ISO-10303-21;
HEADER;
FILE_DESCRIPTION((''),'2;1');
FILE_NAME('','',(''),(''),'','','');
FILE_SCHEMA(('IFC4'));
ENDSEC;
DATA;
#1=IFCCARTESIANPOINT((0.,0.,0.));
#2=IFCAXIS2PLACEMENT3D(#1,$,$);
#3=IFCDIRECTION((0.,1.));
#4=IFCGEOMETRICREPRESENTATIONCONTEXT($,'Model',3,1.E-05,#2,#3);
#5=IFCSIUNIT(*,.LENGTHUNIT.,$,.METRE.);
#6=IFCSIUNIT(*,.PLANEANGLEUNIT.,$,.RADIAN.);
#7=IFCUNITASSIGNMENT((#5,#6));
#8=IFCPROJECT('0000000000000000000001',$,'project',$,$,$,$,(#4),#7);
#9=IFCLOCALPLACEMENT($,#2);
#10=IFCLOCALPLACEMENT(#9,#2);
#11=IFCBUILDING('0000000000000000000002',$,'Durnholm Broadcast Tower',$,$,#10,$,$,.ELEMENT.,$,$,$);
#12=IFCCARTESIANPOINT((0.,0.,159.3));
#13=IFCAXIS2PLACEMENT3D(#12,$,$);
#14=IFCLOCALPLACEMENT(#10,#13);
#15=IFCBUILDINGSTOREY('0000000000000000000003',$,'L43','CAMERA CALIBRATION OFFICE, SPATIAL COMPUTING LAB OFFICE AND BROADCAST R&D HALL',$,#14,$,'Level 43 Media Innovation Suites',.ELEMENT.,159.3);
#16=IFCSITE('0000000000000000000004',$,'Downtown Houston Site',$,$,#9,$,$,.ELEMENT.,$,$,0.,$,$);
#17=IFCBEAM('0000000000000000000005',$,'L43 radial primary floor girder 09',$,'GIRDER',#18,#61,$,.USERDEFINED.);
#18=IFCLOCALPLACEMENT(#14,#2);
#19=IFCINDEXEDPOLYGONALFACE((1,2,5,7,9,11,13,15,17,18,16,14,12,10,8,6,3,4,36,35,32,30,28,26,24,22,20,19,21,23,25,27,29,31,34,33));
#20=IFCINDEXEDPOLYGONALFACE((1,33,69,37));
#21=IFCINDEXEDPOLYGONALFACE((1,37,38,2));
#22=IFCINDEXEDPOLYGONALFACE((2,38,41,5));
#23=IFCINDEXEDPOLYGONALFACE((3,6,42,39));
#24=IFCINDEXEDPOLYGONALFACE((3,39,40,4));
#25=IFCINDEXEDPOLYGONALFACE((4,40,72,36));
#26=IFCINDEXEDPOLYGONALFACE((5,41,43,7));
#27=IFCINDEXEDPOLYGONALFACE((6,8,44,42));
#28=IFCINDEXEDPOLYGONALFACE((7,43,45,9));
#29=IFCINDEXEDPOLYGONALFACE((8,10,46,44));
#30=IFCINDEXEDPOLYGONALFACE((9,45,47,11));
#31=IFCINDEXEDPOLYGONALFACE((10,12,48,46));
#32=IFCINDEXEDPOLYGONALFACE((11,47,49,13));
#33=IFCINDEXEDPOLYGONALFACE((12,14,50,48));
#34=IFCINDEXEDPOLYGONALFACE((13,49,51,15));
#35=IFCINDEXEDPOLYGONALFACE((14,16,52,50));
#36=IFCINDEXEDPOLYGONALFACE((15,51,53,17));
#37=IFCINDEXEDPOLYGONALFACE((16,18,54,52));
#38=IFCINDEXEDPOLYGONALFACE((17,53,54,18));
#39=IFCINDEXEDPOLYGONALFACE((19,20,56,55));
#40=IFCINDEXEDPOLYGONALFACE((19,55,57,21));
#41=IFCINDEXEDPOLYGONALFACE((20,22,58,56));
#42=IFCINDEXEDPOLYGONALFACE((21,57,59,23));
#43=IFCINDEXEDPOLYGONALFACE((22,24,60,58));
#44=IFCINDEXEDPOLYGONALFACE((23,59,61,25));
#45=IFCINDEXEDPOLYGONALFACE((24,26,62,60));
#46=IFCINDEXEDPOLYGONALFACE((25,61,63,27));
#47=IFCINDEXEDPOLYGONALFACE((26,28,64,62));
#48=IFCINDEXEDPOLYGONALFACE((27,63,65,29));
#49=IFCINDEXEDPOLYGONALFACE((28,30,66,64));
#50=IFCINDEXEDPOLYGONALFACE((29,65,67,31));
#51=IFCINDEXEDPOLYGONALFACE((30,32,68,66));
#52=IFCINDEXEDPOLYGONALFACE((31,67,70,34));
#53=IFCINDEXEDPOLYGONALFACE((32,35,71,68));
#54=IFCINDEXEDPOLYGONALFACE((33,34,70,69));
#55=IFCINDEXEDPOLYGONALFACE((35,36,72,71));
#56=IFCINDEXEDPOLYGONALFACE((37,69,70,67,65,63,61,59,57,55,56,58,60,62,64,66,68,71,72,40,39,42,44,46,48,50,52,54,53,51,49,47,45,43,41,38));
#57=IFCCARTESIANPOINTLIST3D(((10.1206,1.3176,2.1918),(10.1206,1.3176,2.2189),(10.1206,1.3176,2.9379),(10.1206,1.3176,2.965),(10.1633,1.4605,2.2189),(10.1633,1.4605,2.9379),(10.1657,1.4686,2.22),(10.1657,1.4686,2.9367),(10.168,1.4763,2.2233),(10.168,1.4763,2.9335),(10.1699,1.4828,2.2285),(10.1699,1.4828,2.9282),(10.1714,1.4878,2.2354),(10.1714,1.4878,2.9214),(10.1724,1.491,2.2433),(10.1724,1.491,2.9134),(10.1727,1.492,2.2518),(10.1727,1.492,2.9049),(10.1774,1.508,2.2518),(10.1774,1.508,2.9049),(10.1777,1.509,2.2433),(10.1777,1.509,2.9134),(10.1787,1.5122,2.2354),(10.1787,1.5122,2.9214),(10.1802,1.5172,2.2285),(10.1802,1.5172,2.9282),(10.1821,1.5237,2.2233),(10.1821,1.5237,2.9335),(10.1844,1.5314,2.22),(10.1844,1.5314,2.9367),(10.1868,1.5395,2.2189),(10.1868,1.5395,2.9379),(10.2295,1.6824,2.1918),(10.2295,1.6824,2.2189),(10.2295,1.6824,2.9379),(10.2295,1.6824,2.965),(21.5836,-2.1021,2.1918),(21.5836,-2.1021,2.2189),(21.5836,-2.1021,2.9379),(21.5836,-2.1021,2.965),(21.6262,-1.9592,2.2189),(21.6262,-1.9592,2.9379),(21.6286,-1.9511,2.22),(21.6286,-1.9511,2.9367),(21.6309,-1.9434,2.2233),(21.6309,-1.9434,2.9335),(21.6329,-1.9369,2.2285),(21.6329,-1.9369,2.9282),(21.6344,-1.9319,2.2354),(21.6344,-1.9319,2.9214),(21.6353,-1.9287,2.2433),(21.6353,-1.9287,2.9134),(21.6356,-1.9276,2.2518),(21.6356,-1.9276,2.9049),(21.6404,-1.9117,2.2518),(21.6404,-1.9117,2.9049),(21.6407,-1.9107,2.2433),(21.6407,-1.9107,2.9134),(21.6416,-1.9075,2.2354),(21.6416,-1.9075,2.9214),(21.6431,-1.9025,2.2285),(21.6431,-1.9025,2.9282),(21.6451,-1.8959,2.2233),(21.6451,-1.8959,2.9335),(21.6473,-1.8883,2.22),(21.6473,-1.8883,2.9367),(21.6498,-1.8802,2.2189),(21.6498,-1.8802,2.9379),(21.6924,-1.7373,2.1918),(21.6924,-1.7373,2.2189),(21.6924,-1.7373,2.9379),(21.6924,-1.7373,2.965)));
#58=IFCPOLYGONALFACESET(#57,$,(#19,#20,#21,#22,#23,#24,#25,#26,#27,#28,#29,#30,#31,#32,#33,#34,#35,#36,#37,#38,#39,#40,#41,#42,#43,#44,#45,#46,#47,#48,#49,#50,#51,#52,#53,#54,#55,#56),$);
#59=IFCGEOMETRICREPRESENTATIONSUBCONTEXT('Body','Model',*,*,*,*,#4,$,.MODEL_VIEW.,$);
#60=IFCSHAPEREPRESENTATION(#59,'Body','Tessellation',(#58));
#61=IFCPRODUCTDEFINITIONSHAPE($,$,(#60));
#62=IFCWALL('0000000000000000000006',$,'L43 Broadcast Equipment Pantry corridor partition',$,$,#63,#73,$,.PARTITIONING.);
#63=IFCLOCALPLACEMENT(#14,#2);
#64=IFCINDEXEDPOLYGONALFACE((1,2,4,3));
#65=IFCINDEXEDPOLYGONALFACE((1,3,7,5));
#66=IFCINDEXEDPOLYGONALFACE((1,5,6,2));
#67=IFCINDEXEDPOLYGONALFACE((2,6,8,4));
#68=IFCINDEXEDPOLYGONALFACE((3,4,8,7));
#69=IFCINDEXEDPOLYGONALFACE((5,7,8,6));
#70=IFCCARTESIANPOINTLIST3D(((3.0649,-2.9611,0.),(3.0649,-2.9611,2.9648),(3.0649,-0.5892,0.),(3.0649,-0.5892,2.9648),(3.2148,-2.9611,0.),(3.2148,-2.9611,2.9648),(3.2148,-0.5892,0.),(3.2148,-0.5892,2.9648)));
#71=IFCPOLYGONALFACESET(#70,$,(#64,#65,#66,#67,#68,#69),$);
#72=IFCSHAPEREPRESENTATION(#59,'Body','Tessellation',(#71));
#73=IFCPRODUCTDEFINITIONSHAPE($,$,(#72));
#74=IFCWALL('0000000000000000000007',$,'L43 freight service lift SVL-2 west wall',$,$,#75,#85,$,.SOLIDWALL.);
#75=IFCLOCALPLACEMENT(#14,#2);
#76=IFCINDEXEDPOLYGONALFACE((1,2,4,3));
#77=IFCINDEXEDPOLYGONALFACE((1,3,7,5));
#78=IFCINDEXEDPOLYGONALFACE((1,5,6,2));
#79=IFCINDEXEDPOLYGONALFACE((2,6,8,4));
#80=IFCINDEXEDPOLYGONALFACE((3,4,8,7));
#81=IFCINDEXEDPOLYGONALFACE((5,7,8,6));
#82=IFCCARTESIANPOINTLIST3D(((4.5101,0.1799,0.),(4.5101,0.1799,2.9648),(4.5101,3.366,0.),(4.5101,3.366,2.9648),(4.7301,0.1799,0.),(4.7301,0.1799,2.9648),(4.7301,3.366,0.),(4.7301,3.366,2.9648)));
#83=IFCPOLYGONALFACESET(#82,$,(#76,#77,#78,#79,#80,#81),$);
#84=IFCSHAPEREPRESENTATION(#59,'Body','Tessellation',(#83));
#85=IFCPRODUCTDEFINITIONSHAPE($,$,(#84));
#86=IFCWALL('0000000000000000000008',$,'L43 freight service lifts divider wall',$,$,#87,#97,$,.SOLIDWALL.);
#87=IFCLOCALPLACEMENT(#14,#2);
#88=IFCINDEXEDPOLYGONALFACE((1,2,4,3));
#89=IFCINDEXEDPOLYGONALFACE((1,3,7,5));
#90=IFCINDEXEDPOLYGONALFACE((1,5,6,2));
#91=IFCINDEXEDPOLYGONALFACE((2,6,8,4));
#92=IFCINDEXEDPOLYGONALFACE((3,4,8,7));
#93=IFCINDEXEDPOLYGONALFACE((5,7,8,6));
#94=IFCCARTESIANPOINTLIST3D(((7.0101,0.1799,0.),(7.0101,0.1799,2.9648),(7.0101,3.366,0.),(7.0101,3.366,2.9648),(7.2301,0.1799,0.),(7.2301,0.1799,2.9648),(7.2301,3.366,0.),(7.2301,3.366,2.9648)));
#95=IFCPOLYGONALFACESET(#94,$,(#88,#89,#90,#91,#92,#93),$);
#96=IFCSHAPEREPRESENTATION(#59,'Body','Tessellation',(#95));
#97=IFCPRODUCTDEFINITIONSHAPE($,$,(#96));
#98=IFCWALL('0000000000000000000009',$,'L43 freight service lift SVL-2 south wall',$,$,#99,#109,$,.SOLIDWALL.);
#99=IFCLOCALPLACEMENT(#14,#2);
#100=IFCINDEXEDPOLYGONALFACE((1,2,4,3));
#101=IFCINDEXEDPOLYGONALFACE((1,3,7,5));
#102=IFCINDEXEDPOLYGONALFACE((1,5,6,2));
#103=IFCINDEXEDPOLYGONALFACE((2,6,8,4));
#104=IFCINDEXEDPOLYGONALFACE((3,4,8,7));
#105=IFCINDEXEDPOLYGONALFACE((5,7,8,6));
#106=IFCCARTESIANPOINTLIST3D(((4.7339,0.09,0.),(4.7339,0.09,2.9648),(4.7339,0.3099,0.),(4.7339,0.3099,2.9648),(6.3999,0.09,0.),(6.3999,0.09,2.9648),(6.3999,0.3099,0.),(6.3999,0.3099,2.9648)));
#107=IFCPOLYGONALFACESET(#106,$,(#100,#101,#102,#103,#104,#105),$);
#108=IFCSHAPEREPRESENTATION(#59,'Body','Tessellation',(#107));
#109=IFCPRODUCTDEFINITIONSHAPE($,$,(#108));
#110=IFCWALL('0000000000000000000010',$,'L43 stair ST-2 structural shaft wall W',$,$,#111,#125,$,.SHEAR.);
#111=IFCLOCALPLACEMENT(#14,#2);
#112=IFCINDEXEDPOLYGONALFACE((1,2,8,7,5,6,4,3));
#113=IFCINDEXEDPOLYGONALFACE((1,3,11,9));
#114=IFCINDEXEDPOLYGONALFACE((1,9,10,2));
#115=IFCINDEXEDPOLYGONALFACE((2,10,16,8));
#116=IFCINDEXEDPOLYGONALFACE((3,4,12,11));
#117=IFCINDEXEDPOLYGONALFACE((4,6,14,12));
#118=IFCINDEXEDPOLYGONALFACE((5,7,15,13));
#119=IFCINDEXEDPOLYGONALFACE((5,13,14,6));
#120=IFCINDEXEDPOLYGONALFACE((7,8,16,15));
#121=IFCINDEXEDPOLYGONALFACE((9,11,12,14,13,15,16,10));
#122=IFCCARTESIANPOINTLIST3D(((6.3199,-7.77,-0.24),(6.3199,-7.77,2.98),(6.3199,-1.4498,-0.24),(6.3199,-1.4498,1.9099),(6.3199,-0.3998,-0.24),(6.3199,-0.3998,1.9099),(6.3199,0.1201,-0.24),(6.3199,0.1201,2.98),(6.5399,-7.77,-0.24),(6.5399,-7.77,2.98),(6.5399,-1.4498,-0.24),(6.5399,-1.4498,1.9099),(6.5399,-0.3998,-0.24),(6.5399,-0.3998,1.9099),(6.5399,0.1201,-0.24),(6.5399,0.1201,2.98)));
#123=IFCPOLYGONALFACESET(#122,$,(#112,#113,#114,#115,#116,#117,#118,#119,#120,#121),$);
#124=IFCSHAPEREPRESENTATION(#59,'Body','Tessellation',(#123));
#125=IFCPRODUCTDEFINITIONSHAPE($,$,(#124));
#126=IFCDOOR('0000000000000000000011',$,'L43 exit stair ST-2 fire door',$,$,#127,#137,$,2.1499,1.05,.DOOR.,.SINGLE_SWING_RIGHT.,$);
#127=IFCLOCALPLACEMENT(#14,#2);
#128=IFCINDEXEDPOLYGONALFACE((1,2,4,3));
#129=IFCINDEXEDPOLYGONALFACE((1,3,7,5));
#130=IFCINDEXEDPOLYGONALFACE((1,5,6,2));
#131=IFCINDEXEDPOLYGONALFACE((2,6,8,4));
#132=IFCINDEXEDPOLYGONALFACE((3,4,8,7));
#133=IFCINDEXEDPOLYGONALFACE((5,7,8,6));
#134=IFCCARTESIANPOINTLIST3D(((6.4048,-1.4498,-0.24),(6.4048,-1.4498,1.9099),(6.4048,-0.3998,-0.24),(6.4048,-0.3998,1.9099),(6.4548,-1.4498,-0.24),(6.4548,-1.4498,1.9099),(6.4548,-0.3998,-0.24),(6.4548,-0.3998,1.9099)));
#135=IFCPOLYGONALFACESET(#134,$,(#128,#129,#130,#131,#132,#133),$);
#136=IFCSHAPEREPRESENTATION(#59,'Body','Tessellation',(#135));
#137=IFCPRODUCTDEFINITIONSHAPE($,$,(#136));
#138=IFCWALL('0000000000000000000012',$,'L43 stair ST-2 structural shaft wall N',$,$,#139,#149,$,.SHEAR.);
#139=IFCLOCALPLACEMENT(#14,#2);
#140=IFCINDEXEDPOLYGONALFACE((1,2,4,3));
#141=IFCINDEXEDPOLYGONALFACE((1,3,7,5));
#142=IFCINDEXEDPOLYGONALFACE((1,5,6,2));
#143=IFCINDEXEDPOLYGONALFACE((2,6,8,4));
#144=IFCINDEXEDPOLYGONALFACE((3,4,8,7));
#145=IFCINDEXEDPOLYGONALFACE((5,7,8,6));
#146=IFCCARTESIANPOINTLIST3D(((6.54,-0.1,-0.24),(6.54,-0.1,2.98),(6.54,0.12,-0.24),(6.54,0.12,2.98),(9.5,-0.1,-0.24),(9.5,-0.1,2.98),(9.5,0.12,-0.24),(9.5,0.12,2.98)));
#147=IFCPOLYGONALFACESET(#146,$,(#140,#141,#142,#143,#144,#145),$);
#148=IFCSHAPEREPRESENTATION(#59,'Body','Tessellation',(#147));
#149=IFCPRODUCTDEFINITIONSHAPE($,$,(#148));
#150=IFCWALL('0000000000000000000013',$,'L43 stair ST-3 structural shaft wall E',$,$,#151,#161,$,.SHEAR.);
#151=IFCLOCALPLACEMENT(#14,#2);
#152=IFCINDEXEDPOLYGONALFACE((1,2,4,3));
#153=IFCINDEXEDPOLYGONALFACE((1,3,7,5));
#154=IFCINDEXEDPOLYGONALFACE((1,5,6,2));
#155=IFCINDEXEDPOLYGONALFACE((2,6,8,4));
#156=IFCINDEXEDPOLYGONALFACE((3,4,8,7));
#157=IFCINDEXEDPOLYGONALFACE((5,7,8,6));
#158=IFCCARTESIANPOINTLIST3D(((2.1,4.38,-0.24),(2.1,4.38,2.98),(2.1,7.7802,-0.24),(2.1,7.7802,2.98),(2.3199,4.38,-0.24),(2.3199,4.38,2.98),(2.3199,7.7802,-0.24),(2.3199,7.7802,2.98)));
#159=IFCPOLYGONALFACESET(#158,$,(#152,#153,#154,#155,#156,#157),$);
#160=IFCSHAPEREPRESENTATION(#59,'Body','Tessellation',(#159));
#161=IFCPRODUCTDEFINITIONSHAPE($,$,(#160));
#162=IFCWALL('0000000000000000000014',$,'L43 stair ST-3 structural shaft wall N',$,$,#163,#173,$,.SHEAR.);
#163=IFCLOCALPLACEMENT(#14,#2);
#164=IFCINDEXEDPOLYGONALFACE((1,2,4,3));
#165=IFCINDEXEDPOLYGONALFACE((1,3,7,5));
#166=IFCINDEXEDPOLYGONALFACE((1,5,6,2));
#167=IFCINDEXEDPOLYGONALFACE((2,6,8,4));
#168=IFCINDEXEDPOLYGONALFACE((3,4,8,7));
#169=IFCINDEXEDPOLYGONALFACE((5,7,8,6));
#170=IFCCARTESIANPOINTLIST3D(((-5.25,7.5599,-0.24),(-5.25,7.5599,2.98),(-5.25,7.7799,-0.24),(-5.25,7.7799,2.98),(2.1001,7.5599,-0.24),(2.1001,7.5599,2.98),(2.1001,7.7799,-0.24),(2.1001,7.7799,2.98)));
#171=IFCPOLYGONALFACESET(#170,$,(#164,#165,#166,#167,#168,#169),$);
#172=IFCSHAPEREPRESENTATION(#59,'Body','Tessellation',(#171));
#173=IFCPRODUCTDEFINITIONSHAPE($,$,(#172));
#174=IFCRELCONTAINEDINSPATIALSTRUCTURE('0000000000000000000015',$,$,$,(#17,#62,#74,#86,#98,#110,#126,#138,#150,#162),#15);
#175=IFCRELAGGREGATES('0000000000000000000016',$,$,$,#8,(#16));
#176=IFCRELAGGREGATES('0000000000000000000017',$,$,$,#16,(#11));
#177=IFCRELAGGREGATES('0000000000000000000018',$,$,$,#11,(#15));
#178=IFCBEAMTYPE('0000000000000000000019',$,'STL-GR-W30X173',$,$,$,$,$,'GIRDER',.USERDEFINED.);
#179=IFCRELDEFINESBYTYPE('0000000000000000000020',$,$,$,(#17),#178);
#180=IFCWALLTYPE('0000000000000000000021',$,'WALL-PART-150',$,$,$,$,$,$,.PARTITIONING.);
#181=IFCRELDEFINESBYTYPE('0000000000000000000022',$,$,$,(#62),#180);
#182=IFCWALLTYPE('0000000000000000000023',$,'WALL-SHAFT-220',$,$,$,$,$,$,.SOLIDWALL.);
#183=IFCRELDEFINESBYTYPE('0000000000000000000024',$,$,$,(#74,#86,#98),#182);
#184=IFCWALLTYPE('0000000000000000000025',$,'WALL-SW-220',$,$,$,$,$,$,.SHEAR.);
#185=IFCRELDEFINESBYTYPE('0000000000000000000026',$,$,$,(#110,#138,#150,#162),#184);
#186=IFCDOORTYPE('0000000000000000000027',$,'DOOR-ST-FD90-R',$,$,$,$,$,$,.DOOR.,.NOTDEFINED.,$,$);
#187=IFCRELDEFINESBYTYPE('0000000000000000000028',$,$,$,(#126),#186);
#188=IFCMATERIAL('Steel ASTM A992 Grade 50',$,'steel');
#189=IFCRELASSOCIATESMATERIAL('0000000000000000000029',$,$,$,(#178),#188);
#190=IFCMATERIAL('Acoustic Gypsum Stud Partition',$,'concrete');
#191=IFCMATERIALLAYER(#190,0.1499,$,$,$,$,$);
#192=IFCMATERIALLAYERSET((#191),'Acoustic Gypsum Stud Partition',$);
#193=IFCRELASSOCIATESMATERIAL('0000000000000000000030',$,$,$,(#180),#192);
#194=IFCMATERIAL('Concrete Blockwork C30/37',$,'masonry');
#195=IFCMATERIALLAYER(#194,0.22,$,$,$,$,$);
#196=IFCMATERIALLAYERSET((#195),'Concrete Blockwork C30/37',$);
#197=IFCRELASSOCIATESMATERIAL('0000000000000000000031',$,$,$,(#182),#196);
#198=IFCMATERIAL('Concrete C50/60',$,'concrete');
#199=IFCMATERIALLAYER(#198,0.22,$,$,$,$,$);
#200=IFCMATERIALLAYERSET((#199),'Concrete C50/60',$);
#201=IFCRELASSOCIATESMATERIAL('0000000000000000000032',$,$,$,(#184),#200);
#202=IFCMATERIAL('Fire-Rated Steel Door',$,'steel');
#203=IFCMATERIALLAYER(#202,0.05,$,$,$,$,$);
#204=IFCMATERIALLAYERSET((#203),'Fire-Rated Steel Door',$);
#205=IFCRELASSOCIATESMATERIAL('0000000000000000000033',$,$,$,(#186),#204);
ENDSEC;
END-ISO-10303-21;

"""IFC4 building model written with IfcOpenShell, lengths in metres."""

from ifc_helpers import new_model, si_unit, direction, frame, frame_2d, origin, origin_2d, place, context, subcontext, project, spatial, rectangle, i_section, extrude, source, transform, mapped, material, layer, layer_set, material_profile, profile_set, type_object, type_shapes, element, fill, save


model = new_model("IFC4")

# Units and contexts
model_context = context("Model", 3, precision=1e-05, world=origin(), true_north=direction((0.0, 1.0)))
body_context = subcontext(model_context, "Body", "Model", "MODEL_VIEW")
ifc_project = project(units=[si_unit("LENGTHUNIT", "METRE"), si_unit("PLANEANGLEUNIT", "RADIAN")], contexts=[model_context])

# Site, building, storey
site_placement = place(None, origin())
site = spatial("IfcSite", under=ifc_project, at=site_placement, Name="Downtown Houston Site", CompositionType="ELEMENT", RefElevation=0.0)
building_placement = place(site_placement, origin())
building = spatial("IfcBuilding", under=site, at=building_placement, Name="Durnholm Broadcast Tower", CompositionType="ELEMENT")
storey_placement = place(building_placement, frame((0.0, 0.0, 159.3)))
storey = spatial("IfcBuildingStorey", under=building, at=storey_placement, Name="L43", Description="CAMERA CALIBRATION OFFICE, SPATIAL COMPUTING LAB OFFICE AND BROADCAST R&D HALL", LongName="Level 43 Media Innovation Suites", CompositionType="ELEMENT", Elevation=159.3)

# Beam
ifc_material_1 = material(Name="Steel ASTM A992 Grade 50", Category="steel")
ifc_material_profile_1 = material_profile(ifc_material_1, i_section(OverallWidth=0.3806, OverallDepth=0.7732, WebThickness=0.0166, FlangeThickness=0.0271, FilletRadius=0.033, at=origin_2d()), Name="W30X173")
ifc_profile_set_1 = profile_set([ifc_material_profile_1], Name="Steel ASTM A992 Grade 50")
beam_type = type_object("IfcBeamType", Name="STL-GR-W30X173", ElementType="GIRDER", PredefinedType="USERDEFINED", material=ifc_profile_set_1)
shared_shape_1 = source(origin(), body_context, "Body", "SweptSolid", [
    extrude(i_section(OverallWidth=0.3806, OverallDepth=0.7732, WebThickness=0.0166, FlangeThickness=0.0271, FilletRadius=0.033, at=origin_2d()), origin(), (0.0, 0.0, 1.0), 11.9622),
])
beam_1_placement = place(storey_placement, frame((10.175, 1.5, 2.5784), z_axis=(0.958267, -0.285876, 0.0), x_axis=(0.285876, 0.958267, 0.0)))
element("IfcBeam", 1, at=beam_1_placement, inside=storey, type_object=beam_type, Name="L43 radial primary floor girder 09", ObjectType="GIRDER", PredefinedType="USERDEFINED", context=body_context, shape_type="MappedRepresentation", body=[
    mapped(shared_shape_1, transform((0.0, 0.0, 0.0), x_axis=(1.0, 0.0, 0.0), y_axis=(0.0, 1.0, 0.0), z_axis=(0.0, 0.0, 1.0), scale=1.0)),
])

# Wall
ifc_material_2 = material(Name="Acoustic Gypsum Stud Partition", Category="concrete")
ifc_layer_1 = layer(ifc_material_2, 0.1499)
ifc_layer_set_1 = layer_set([ifc_layer_1], Name="Acoustic Gypsum Stud Partition")
wall_type_1 = type_object("IfcWallType", Name="WALL-PART-150", PredefinedType="PARTITIONING", material=ifc_layer_set_1)
wall_1_placement = place(storey_placement, frame((3.1399, -0.5891, 0.0), z_axis=(0.0, 0.0, 1.0), x_axis=(0.0, -1.0, 0.0)))
element("IfcWall", 2, at=wall_1_placement, inside=storey, type_object=wall_type_1, Name="L43 Broadcast Equipment Pantry corridor partition", PredefinedType="PARTITIONING", context=body_context, shape_type="SweptSolid", body=[
    extrude(rectangle(XDim=2.3718, YDim=0.1499, at=frame_2d((1.186, 0.0))), origin(), (0.0, 0.0, 1.0), 2.9648),
])

# Shared definitions
ifc_material_3 = material(Name="Concrete Blockwork C30/37", Category="masonry")
ifc_layer_2 = layer(ifc_material_3, 0.22)
ifc_layer_set_2 = layer_set([ifc_layer_2], Name="Concrete Blockwork C30/37")
wall_type_2 = type_object("IfcWallType", Name="WALL-SHAFT-220", PredefinedType="SOLIDWALL", material=ifc_layer_set_2)

# Walls
for number, where, z_axis, x_axis, name in (
    (3, (4.6201, 0.1799, 0.0), (0.0, 0.0, 1.0), (0.0, 1.0, 0.0), "L43 freight service lift SVL-2 west wall"),
    (4, (7.1201, 0.1799, 0.0), (0.0, 0.0, 1.0), (0.0, 1.0, 0.0), "L43 freight service lifts divider wall"),
):
    element("IfcWall", number, at=place(storey_placement, frame(where, z_axis=z_axis, x_axis=x_axis)), inside=storey, type_object=wall_type_2, Name=name, PredefinedType="SOLIDWALL", context=body_context, shape_type="SweptSolid", body=[
        extrude(rectangle(XDim=3.186, YDim=0.22, at=frame_2d((1.593, 0.0))), origin(), (0.0, 0.0, 1.0), 2.9648),
    ])
wall_2_placement = place(storey_placement, frame((4.7339, 0.2, 0.0), z_axis=(0.0, 0.0, 1.0), x_axis=(1.0, 0.0, 0.0)))
element("IfcWall", 5, at=wall_2_placement, inside=storey, type_object=wall_type_2, Name="L43 freight service lift SVL-2 south wall", PredefinedType="SOLIDWALL", context=body_context, shape_type="SweptSolid", body=[
    extrude(rectangle(XDim=1.666, YDim=0.22, at=frame_2d((0.833, 0.0))), origin(), (0.0, 0.0, 1.0), 2.9648),
])

# Wall, opening, door
ifc_material_4 = material(Name="Concrete C50/60", Category="concrete")
ifc_layer_3 = layer(ifc_material_4, 0.22)
ifc_layer_set_3 = layer_set([ifc_layer_3], Name="Concrete C50/60")
wall_type_3 = type_object("IfcWallType", Name="WALL-SW-220", PredefinedType="SHEAR", material=ifc_layer_set_3)
wall_3_placement = place(storey_placement, frame((6.4299, 0.1201, -0.24), z_axis=(0.0, 0.0, 1.0), x_axis=(0.0, -1.0, 0.0)))
wall_3 = element("IfcWall", 6, at=wall_3_placement, inside=storey, type_object=wall_type_3, Name="L43 stair ST-2 structural shaft wall W", PredefinedType="SHEAR", context=body_context, shape_type="SweptSolid", body=[
    extrude(rectangle(XDim=7.8901, YDim=0.22, at=frame_2d((3.9451, 0.0))), origin(), (0.0, 0.0, 1.0), 3.22),
])
opening_1_placement = place(wall_3_placement, frame((0.52, 0.0, 0.0)))
opening_1 = element("IfcOpeningElement", 7, at=opening_1_placement, cuts=wall_3, PredefinedType="OPENING", context=body_context, shape_type="SweptSolid", body=[
    extrude(rectangle(XDim=1.05, YDim=2.1499, at=frame_2d((0.5249, 1.075))), frame((0.0, 0.1201, 0.0), z_axis=(0.0, -1.0, 0.0), x_axis=(1.0, 0.0, 0.0)), (0.0, 0.0, 1.0), 0.24),
])
ifc_material_5 = material(Name="Fire-Rated Steel Door", Category="steel")
ifc_layer_4 = layer(ifc_material_5, 0.05)
ifc_layer_set_4 = layer_set([ifc_layer_4], Name="Fire-Rated Steel Door")
door_type_1 = type_object("IfcDoorType", Name="DOOR-ST-FD90-R", OperationType="NOTDEFINED", PredefinedType="DOOR", material=ifc_layer_set_4)
shared_shape_2 = source(origin(), body_context, "Body", "SweptSolid", [
    extrude(rectangle(XDim=1.05, YDim=2.1499, at=frame_2d((0.5249, 1.075))), frame((0.0, 0.0249, 0.0), z_axis=(0.0, -1.0, 0.0), x_axis=(1.0, 0.0, 0.0)), (0.0, 0.0, 1.0), 0.05),
])
type_shapes(door_type_1, [shared_shape_2])
door_1_placement = place(opening_1_placement, origin())
door_1 = element("IfcDoor", 8, at=door_1_placement, inside=storey, type_object=door_type_1, Name="L43 exit stair ST-2 fire door", OperationType="SINGLE_SWING_RIGHT", OverallHeight=2.1499, OverallWidth=1.05, PredefinedType="DOOR", context=body_context, shape_type="MappedRepresentation", body=[
    mapped(shared_shape_2, transform((0.0, 0.0, 0.0), x_axis=(1.0, 0.0, 0.0), y_axis=(0.0, 1.0, 0.0), z_axis=(0.0, 0.0, 1.0), scale=1.0)),
])
fill(opening_1, door_1)

# Walls
wall_4_placement = place(storey_placement, frame((9.5, 0.01, -0.24), z_axis=(0.0, 0.0, 1.0), x_axis=(-1.0, 0.0, 0.0)))
element("IfcWall", 9, at=wall_4_placement, inside=storey, type_object=wall_type_3, Name="L43 stair ST-2 structural shaft wall N", PredefinedType="SHEAR", context=body_context, shape_type="SweptSolid", body=[
    extrude(rectangle(XDim=2.96, YDim=0.22, at=frame_2d((1.48, 0.0))), origin(), (0.0, 0.0, 1.0), 3.22),
])
wall_5_placement = place(storey_placement, frame((2.21, 4.3799, -0.24), z_axis=(0.0, 0.0, 1.0), x_axis=(0.0, 1.0, 0.0)))
element("IfcWall", 10, at=wall_5_placement, inside=storey, type_object=wall_type_3, Name="L43 stair ST-3 structural shaft wall E", PredefinedType="SHEAR", context=body_context, shape_type="SweptSolid", body=[
    extrude(rectangle(XDim=3.4001, YDim=0.22, at=frame_2d((1.7002, 0.0))), origin(), (0.0, 0.0, 1.0), 3.22),
])
wall_6_placement = place(storey_placement, frame((2.1001, 7.6699, -0.24), z_axis=(0.0, 0.0, 1.0), x_axis=(-1.0, 0.0, 0.0)))
element("IfcWall", 11, at=wall_6_placement, inside=storey, type_object=wall_type_3, Name="L43 stair ST-3 structural shaft wall N", PredefinedType="SHEAR", context=body_context, shape_type="SweptSolid", body=[
    extrude(rectangle(XDim=7.3501, YDim=0.22, at=frame_2d((3.675, 0.0))), origin(), (0.0, 0.0, 1.0), 3.22),
])

save(model, "model.ifc")
